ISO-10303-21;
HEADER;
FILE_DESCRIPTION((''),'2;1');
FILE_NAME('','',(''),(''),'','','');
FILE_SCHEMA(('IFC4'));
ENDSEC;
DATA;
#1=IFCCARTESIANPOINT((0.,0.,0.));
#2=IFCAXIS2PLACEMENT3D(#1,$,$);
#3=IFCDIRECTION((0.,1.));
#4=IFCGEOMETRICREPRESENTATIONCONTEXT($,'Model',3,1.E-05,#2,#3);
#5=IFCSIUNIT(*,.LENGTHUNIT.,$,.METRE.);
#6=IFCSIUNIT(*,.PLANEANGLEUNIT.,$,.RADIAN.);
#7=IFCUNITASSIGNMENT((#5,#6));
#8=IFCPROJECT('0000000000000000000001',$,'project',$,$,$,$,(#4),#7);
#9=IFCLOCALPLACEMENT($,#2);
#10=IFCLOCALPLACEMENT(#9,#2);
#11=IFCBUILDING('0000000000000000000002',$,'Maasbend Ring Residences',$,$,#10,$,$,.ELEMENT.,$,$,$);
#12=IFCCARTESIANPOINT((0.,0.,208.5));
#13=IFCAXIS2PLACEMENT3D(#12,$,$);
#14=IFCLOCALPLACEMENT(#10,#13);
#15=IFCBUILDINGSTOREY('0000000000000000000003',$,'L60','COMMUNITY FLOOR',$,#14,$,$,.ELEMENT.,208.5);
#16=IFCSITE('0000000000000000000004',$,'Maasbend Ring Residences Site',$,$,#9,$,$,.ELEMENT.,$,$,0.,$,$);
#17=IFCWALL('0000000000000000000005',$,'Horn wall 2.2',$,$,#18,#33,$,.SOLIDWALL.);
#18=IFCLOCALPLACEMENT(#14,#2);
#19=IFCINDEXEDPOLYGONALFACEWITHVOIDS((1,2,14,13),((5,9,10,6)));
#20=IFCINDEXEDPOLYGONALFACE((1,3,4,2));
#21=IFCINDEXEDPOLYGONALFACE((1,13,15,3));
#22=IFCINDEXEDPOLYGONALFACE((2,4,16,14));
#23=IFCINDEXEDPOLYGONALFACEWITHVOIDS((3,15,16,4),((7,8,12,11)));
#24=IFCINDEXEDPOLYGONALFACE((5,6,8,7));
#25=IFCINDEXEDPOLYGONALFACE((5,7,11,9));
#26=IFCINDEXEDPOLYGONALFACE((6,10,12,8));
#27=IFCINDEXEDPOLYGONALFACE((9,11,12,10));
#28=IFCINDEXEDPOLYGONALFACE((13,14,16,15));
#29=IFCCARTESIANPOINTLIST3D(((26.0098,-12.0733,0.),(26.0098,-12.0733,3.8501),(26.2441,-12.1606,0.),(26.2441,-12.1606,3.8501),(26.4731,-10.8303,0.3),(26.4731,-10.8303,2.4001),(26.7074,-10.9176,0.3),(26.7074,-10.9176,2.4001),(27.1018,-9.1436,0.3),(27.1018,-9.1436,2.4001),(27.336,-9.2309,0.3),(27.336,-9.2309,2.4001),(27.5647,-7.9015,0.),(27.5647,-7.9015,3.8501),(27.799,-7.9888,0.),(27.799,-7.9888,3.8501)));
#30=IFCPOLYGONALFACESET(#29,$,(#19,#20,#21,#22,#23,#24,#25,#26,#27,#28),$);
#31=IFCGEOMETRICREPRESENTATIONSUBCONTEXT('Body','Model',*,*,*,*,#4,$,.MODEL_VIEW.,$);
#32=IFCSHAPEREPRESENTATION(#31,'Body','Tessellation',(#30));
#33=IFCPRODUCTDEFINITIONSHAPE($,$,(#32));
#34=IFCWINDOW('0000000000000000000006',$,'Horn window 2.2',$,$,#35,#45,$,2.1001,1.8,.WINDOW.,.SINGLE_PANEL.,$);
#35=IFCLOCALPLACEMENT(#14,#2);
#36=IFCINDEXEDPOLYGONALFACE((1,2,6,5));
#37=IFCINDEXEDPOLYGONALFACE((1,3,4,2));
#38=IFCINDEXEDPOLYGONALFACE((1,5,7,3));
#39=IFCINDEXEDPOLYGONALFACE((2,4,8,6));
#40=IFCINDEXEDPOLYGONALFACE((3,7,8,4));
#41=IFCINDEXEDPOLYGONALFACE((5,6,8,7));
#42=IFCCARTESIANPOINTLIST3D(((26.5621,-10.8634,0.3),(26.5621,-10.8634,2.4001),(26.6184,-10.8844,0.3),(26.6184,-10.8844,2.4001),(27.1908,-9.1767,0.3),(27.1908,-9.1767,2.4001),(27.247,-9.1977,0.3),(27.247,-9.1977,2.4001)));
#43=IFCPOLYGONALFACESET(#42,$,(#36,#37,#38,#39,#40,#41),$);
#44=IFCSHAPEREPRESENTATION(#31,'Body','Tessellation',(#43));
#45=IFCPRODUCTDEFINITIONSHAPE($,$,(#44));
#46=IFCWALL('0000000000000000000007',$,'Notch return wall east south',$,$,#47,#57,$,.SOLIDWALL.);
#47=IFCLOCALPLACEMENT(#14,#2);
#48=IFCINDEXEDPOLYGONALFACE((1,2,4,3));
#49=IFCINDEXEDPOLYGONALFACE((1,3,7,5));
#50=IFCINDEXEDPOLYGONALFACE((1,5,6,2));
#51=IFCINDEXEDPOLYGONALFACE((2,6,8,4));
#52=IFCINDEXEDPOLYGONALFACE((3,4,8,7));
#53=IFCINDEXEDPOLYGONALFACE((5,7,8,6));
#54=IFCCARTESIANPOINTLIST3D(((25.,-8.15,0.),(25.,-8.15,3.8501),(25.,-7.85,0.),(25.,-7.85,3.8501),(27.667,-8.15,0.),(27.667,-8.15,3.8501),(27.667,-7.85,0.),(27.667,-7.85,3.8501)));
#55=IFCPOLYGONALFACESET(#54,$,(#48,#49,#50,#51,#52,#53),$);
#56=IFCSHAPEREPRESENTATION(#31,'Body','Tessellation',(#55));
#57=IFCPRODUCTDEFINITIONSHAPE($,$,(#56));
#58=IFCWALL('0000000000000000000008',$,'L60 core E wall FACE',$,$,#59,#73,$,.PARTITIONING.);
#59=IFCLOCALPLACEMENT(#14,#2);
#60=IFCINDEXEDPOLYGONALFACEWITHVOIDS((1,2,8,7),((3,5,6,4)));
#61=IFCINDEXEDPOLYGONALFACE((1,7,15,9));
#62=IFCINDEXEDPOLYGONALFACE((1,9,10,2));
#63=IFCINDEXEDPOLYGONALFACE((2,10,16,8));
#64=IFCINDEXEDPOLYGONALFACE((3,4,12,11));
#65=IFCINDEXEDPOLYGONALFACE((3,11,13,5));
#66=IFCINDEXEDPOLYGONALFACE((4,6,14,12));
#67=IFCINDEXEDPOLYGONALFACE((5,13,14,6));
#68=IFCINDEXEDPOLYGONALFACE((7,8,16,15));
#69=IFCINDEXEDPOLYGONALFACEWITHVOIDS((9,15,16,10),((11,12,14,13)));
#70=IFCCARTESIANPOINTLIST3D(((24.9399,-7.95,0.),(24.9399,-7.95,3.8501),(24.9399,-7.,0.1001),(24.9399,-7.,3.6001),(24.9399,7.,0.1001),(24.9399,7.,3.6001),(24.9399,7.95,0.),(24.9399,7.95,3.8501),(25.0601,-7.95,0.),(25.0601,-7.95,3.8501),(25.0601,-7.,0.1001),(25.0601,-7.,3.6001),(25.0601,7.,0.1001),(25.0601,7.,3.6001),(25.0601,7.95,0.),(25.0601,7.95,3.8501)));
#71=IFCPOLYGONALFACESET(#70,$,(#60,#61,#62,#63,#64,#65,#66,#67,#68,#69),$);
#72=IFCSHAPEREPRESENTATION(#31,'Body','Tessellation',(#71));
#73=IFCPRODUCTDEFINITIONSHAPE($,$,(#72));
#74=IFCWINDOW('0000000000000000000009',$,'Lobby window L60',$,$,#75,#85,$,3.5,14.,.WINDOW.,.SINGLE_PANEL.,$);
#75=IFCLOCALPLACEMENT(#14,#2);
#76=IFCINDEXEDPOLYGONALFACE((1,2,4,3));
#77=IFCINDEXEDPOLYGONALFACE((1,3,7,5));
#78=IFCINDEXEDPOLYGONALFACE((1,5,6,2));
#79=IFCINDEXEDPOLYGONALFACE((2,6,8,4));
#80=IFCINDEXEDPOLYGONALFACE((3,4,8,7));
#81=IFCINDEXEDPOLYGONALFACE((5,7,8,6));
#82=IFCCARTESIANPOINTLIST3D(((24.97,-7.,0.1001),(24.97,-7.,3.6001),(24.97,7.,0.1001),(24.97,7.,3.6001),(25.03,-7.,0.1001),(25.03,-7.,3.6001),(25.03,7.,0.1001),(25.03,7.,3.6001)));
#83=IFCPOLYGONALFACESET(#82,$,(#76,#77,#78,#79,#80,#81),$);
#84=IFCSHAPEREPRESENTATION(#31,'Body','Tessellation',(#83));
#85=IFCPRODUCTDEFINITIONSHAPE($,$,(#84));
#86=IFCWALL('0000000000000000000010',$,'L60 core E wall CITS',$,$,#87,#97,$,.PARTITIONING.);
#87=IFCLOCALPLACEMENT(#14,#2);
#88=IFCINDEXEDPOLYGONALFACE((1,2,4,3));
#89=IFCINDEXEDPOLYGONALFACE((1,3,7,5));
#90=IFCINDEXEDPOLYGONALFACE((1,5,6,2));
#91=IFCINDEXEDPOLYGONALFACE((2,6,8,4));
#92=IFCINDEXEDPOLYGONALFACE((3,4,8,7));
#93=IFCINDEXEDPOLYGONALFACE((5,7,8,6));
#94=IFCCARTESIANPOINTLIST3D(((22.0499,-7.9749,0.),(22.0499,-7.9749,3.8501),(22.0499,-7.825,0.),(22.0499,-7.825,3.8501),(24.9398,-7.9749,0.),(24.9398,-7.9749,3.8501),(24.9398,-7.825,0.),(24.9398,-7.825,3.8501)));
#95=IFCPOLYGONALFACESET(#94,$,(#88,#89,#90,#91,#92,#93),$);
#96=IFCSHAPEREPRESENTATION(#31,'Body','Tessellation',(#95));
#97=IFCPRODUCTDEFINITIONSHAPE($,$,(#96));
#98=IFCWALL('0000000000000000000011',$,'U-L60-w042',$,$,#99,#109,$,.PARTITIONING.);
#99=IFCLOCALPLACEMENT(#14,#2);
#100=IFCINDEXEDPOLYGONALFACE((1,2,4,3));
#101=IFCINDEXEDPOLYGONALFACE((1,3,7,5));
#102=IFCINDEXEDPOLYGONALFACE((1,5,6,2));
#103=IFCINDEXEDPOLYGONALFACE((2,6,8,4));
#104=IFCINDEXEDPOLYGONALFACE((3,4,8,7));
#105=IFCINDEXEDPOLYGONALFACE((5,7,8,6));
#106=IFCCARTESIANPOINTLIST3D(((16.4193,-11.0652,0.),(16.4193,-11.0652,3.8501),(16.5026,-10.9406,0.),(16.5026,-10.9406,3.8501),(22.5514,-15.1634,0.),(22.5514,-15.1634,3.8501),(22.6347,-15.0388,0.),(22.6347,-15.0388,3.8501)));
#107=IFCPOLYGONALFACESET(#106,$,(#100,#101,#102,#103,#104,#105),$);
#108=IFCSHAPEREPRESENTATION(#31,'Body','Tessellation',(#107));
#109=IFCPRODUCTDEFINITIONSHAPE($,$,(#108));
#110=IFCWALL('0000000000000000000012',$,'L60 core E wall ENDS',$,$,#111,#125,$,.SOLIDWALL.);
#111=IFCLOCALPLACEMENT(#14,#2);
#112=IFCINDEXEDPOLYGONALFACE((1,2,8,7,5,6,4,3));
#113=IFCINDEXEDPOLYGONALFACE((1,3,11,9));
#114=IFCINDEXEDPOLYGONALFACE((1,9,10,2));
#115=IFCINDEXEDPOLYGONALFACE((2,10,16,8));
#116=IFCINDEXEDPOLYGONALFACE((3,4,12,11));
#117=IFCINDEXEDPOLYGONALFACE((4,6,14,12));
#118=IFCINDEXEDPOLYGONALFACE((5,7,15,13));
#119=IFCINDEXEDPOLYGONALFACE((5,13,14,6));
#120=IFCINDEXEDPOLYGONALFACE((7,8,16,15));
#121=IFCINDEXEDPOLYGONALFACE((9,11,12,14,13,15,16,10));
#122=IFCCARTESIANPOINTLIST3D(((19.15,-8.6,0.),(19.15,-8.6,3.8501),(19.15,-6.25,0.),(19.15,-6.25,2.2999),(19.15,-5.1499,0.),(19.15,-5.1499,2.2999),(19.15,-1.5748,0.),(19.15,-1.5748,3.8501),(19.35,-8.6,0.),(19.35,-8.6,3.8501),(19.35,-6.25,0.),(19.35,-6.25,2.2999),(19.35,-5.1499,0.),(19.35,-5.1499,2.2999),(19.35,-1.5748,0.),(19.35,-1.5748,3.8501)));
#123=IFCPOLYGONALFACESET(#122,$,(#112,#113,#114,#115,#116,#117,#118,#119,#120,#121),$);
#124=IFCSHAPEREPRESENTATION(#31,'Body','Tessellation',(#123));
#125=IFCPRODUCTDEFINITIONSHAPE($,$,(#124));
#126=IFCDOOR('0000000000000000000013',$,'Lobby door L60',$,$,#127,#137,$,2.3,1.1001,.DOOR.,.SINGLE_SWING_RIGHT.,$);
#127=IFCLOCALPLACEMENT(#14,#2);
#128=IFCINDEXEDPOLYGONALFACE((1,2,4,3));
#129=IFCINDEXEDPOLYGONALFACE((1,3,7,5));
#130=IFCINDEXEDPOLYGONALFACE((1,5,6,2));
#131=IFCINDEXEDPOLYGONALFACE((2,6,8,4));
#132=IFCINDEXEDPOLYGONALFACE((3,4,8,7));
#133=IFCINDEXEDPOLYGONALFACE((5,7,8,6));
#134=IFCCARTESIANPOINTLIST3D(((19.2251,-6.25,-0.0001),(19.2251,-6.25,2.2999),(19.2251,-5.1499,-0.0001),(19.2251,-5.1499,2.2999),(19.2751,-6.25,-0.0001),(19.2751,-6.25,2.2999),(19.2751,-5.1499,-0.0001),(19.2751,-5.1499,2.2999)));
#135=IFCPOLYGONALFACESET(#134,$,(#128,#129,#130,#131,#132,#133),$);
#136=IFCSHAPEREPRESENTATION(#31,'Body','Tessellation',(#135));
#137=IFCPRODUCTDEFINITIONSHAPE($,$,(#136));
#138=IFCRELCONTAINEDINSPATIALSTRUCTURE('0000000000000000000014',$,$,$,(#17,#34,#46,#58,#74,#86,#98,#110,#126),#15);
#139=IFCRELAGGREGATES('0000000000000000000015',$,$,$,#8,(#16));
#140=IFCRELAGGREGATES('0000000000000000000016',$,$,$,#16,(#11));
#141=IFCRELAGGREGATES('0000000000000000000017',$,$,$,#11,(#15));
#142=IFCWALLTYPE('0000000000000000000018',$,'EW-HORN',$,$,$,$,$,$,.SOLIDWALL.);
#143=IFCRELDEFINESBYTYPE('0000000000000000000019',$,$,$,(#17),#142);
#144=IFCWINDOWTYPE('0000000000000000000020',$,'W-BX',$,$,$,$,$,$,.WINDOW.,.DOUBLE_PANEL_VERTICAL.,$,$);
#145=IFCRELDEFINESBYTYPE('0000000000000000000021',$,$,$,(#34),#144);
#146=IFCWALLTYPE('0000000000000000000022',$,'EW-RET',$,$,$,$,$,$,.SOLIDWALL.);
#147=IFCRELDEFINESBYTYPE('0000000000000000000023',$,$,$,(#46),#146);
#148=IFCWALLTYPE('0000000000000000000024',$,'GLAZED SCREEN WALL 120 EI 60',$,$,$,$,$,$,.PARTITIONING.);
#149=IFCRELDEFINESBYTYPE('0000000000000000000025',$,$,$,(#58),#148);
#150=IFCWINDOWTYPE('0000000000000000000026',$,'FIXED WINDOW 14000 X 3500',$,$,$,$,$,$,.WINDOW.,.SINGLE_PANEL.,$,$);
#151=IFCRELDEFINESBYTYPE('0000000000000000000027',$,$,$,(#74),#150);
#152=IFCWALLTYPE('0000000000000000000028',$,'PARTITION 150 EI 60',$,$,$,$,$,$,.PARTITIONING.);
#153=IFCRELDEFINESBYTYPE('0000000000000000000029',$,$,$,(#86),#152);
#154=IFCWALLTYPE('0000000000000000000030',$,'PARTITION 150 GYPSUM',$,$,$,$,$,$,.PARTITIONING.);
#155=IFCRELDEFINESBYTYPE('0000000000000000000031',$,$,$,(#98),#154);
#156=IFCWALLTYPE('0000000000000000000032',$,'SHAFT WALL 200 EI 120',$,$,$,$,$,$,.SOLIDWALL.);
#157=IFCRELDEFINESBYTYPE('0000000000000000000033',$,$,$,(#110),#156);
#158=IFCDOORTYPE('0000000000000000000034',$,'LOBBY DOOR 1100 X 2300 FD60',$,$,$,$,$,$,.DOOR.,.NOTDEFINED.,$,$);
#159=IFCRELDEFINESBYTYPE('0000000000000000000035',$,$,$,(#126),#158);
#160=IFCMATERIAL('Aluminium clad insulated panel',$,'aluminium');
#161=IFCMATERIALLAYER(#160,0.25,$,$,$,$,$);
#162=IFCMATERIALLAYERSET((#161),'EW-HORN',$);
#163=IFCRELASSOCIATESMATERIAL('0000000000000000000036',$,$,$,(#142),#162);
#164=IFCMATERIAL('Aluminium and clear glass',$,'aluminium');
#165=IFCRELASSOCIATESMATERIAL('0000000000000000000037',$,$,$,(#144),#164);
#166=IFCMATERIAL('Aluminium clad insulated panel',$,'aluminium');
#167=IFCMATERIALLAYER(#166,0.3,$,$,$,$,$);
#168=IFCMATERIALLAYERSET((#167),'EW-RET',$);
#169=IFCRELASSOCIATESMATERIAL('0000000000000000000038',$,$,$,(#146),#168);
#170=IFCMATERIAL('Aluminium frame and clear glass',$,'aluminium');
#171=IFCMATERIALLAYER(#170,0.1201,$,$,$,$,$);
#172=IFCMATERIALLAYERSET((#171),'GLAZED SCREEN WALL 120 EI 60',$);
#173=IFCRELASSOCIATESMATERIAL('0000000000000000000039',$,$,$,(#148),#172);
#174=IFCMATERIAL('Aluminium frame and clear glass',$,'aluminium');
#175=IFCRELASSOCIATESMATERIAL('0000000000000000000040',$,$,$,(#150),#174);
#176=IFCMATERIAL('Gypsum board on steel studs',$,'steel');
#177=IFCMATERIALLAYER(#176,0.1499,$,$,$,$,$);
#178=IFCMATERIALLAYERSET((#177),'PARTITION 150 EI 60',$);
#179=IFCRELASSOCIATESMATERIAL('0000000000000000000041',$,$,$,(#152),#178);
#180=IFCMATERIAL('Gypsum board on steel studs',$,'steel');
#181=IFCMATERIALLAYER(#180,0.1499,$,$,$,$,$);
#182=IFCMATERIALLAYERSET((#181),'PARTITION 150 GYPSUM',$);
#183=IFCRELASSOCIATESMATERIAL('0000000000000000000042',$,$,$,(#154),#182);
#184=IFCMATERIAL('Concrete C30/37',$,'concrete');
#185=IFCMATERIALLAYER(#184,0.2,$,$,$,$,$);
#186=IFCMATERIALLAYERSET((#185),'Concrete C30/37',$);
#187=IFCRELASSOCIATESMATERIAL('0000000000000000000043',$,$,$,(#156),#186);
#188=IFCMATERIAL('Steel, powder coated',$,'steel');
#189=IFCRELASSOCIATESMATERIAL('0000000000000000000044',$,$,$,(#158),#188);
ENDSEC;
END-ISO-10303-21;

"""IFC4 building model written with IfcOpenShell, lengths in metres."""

from ifc_helpers import new_model, si_unit, direction, frame, frame_2d, origin, place, context, subcontext, project, spatial, rectangle, extrude, material, layer, layer_set, type_object, element, fill, save


model = new_model("IFC4")

# Units and contexts
model_context = context("Model", 3, precision=1e-05, world=origin(), true_north=direction((0.0, 1.0)))
body_context = subcontext(model_context, "Body", "Model", "MODEL_VIEW")
ifc_project = project(units=[si_unit("LENGTHUNIT", "METRE"), si_unit("PLANEANGLEUNIT", "RADIAN")], contexts=[model_context])

# Site, building, storey
site_placement = place(None, origin())
site = spatial("IfcSite", under=ifc_project, at=site_placement, Name="Maasbend Ring Residences Site", CompositionType="ELEMENT", RefElevation=0.0)
building_placement = place(site_placement, origin())
building = spatial("IfcBuilding", under=site, at=building_placement, Name="Maasbend Ring Residences", CompositionType="ELEMENT")
storey_placement = place(building_placement, frame((0.0, 0.0, 208.5)))
storey = spatial("IfcBuildingStorey", under=building, at=storey_placement, Name="L60", Description="COMMUNITY FLOOR", CompositionType="ELEMENT", Elevation=208.5)

# Wall, opening, window
ifc_material_1 = material(Name="Aluminium clad insulated panel", Category="aluminium")
ifc_layer_1 = layer(ifc_material_1, 0.25)
ifc_layer_set_1 = layer_set([ifc_layer_1], Name="EW-HORN")
wall_type_1 = type_object("IfcWallType", Name="EW-HORN", PredefinedType="SOLIDWALL", material=ifc_layer_set_1)
ifc_material_2 = material(Name="Aluminium and clear glass", Category="aluminium")
window_type_1 = type_object("IfcWindowType", Name="W-BX", PartitioningType="DOUBLE_PANEL_VERTICAL", PredefinedType="WINDOW", material=ifc_material_2)
wall_1_placement = place(storey_placement, frame((26.127, -12.1169, 0.0), z_axis=(0.0, 0.0, 1.0), x_axis=(0.349248, 0.93703, 0.0)))
wall_1 = element("IfcWall", 1, at=wall_1_placement, inside=storey, type_object=wall_type_1, Name="Horn wall 2.2", PredefinedType="SOLIDWALL", context=body_context, shape_type="SweptSolid", body=[
    extrude(rectangle(XDim=4.4521, YDim=0.25, at=frame_2d((2.2261, 0.0))), origin(), (0.0, 0.0, 1.0), 3.8501),
])
opening_1_placement = place(wall_1_placement, frame((1.3267, 0.0, 0.3)))
opening_1 = element("IfcOpeningElement", 2, at=opening_1_placement, cuts=wall_1, PredefinedType="OPENING", context=body_context, shape_type="SweptSolid", body=[
    extrude(rectangle(XDim=1.8, YDim=2.1001, at=frame_2d((0.8999, 1.05))), frame((0.0, 0.135, 0.0), z_axis=(0.0, -1.0, 0.0), x_axis=(1.0, 0.0, 0.0)), (0.0, 0.0, 1.0), 0.27),
])
window_1_placement = place(opening_1_placement, origin())
window_1 = element("IfcWindow", 3, at=window_1_placement, inside=storey, type_object=window_type_1, Name="Horn window 2.2", OverallHeight=2.1001, OverallWidth=1.8, PartitioningType="SINGLE_PANEL", PredefinedType="WINDOW", context=body_context, shape_type="SweptSolid", body=[
    extrude(rectangle(XDim=1.8, YDim=2.1001, at=frame_2d((0.8999, 1.05))), frame((0.0, 0.03, 0.0), z_axis=(0.0, -1.0, 0.0), x_axis=(1.0, 0.0, 0.0)), (0.0, 0.0, 1.0), 0.0601),
])
fill(opening_1, window_1)

# Wall
ifc_material_3 = material(Name="Aluminium clad insulated panel", Category="aluminium")
ifc_layer_2 = layer(ifc_material_3, 0.3)
ifc_layer_set_2 = layer_set([ifc_layer_2], Name="EW-RET")
wall_type_2 = type_object("IfcWallType", Name="EW-RET", PredefinedType="SOLIDWALL", material=ifc_layer_set_2)
wall_2_placement = place(storey_placement, frame((25.0, -8.0, 0.0), z_axis=(0.0, 0.0, 1.0), x_axis=(1.0, 0.0, 0.0)))
element("IfcWall", 4, at=wall_2_placement, inside=storey, type_object=wall_type_2, Name="Notch return wall east south", PredefinedType="SOLIDWALL", context=body_context, shape_type="SweptSolid", body=[
    extrude(rectangle(XDim=2.667, YDim=0.3, at=frame_2d((1.3335, 0.0))), origin(), (0.0, 0.0, 1.0), 3.8501),
])

# Wall, opening, window
ifc_material_4 = material(Name="Aluminium frame and clear glass", Category="aluminium")
ifc_layer_3 = layer(ifc_material_4, 0.1201)
ifc_layer_set_3 = layer_set([ifc_layer_3], Name="GLAZED SCREEN WALL 120 EI 60")
wall_type_3 = type_object("IfcWallType", Name="GLAZED SCREEN WALL 120 EI 60", PredefinedType="PARTITIONING", material=ifc_layer_set_3)
wall_3_placement = place(storey_placement, frame((25.0, -7.95, 0.0), z_axis=(0.0, 0.0, 1.0), x_axis=(0.0, 1.0, 0.0)))
wall_3 = element("IfcWall", 5, at=wall_3_placement, inside=storey, type_object=wall_type_3, Name="L60 core E wall FACE", PredefinedType="PARTITIONING", context=body_context, shape_type="SweptSolid", body=[
    extrude(rectangle(XDim=15.8999, YDim=0.1201, at=frame_2d((7.95, 0.0))), origin(), (0.0, 0.0, 1.0), 3.8501),
])
opening_2_placement = place(wall_3_placement, frame((0.95, 0.0, 0.1001)))
opening_2 = element("IfcOpeningElement", 6, at=opening_2_placement, cuts=wall_3, PredefinedType="OPENING", context=body_context, shape_type="SweptSolid", body=[
    extrude(rectangle(XDim=14.0, YDim=3.5, at=frame_2d((7.0, 1.75))), frame((0.0, 0.0701, 0.0), z_axis=(0.0, -1.0, 0.0), x_axis=(1.0, 0.0, 0.0)), (0.0, 0.0, 1.0), 0.1401),
])
ifc_material_5 = material(Name="Aluminium frame and clear glass", Category="aluminium")
window_type_2 = type_object("IfcWindowType", Name="FIXED WINDOW 14000 X 3500", PartitioningType="SINGLE_PANEL", PredefinedType="WINDOW", material=ifc_material_5)
window_2_placement = place(opening_2_placement, origin())
window_2 = element("IfcWindow", 7, at=window_2_placement, inside=storey, type_object=window_type_2, Name="Lobby window L60", OverallHeight=3.5, OverallWidth=14.0, PartitioningType="SINGLE_PANEL", PredefinedType="WINDOW", context=body_context, shape_type="SweptSolid", body=[
    extrude(rectangle(XDim=14.0, YDim=3.5, at=frame_2d((7.0, 1.75))), frame((0.0, 0.03, 0.0), z_axis=(0.0, -1.0, 0.0), x_axis=(1.0, 0.0, 0.0)), (0.0, 0.0, 1.0), 0.0601),
])
fill(opening_2, window_2)

# Walls
ifc_material_6 = material(Name="Gypsum board on steel studs", Category="steel")
ifc_layer_4 = layer(ifc_material_6, 0.1499)
ifc_layer_set_4 = layer_set([ifc_layer_4], Name="PARTITION 150 EI 60")
wall_type_4 = type_object("IfcWallType", Name="PARTITION 150 EI 60", PredefinedType="PARTITIONING", material=ifc_layer_set_4)
wall_4_placement = place(storey_placement, frame((22.05, -7.8999, 0.0), z_axis=(0.0, 0.0, 1.0), x_axis=(1.0, 0.0, 0.0)))
element("IfcWall", 8, at=wall_4_placement, inside=storey, type_object=wall_type_4, Name="L60 core E wall CITS", PredefinedType="PARTITIONING", context=body_context, shape_type="SweptSolid", body=[
    extrude(rectangle(XDim=2.8899, YDim=0.1499, at=frame_2d((1.4448, 0.0))), origin(), (0.0, 0.0, 1.0), 3.8501),
])
ifc_material_7 = material(Name="Gypsum board on steel studs", Category="steel")
ifc_layer_5 = layer(ifc_material_7, 0.1499)
ifc_layer_set_5 = layer_set([ifc_layer_5], Name="PARTITION 150 GYPSUM")
wall_type_5 = type_object("IfcWallType", Name="PARTITION 150 GYPSUM", PredefinedType="PARTITIONING", material=ifc_layer_set_5)
wall_5_placement = place(storey_placement, frame((16.4609, -11.0029, 0.0), z_axis=(0.0, 0.0, 1.0), x_axis=(0.831418, -0.555647, 0.0)))
element("IfcWall", 9, at=wall_5_placement, inside=storey, type_object=wall_type_5, Name="U-L60-w042", PredefinedType="PARTITIONING", context=body_context, shape_type="SweptSolid", body=[
    extrude(rectangle(XDim=7.3755, YDim=0.1499, at=frame_2d((3.6877, 0.0))), origin(), (0.0, 0.0, 1.0), 3.8501),
])

# Wall, opening, door
ifc_material_8 = material(Name="Concrete C30/37", Category="concrete")
ifc_layer_6 = layer(ifc_material_8, 0.2)
ifc_layer_set_6 = layer_set([ifc_layer_6], Name="Concrete C30/37")
wall_type_6 = type_object("IfcWallType", Name="SHAFT WALL 200 EI 120", PredefinedType="SOLIDWALL", material=ifc_layer_set_6)
wall_6_placement = place(storey_placement, frame((19.25, -8.6001, 0.0), z_axis=(0.0, 0.0, 1.0), x_axis=(0.0, 1.0, 0.0)))
wall_6 = element("IfcWall", 10, at=wall_6_placement, inside=storey, type_object=wall_type_6, Name="L60 core E wall ENDS", PredefinedType="SOLIDWALL", context=body_context, shape_type="SweptSolid", body=[
    extrude(rectangle(XDim=7.0251, YDim=0.2, at=frame_2d((3.5127, 0.0))), origin(), (0.0, 0.0, 1.0), 3.8501),
])
opening_3_placement = place(wall_6_placement, frame((2.3501, 0.0, 0.0)))
opening_3 = element("IfcOpeningElement", 11, at=opening_3_placement, cuts=wall_6, PredefinedType="OPENING", context=body_context, shape_type="SweptSolid", body=[
    extrude(rectangle(XDim=1.1001, YDim=2.3, at=frame_2d((0.55, 1.1499))), frame((0.0, 0.1099, 0.0), z_axis=(0.0, -1.0, 0.0), x_axis=(1.0, 0.0, 0.0)), (0.0, 0.0, 1.0), 0.22),
])
ifc_material_9 = material(Name="Steel, powder coated", Category="steel")
door_type_1 = type_object("IfcDoorType", Name="LOBBY DOOR 1100 X 2300 FD60", OperationType="NOTDEFINED", PredefinedType="DOOR", material=ifc_material_9)
door_1_placement = place(opening_3_placement, origin())
door_1 = element("IfcDoor", 12, at=door_1_placement, inside=storey, type_object=door_type_1, Name="Lobby door L60", OperationType="SINGLE_SWING_RIGHT", OverallHeight=2.3, OverallWidth=1.1001, PredefinedType="DOOR", context=body_context, shape_type="SweptSolid", body=[
    extrude(rectangle(XDim=1.1001, YDim=2.3, at=frame_2d((0.55, 1.1499))), frame((0.0, 0.0249, 0.0), z_axis=(0.0, -1.0, 0.0), x_axis=(1.0, 0.0, 0.0)), (0.0, 0.0, 1.0), 0.05),
])
fill(opening_3, door_1)

save(model, "model.ifc")
